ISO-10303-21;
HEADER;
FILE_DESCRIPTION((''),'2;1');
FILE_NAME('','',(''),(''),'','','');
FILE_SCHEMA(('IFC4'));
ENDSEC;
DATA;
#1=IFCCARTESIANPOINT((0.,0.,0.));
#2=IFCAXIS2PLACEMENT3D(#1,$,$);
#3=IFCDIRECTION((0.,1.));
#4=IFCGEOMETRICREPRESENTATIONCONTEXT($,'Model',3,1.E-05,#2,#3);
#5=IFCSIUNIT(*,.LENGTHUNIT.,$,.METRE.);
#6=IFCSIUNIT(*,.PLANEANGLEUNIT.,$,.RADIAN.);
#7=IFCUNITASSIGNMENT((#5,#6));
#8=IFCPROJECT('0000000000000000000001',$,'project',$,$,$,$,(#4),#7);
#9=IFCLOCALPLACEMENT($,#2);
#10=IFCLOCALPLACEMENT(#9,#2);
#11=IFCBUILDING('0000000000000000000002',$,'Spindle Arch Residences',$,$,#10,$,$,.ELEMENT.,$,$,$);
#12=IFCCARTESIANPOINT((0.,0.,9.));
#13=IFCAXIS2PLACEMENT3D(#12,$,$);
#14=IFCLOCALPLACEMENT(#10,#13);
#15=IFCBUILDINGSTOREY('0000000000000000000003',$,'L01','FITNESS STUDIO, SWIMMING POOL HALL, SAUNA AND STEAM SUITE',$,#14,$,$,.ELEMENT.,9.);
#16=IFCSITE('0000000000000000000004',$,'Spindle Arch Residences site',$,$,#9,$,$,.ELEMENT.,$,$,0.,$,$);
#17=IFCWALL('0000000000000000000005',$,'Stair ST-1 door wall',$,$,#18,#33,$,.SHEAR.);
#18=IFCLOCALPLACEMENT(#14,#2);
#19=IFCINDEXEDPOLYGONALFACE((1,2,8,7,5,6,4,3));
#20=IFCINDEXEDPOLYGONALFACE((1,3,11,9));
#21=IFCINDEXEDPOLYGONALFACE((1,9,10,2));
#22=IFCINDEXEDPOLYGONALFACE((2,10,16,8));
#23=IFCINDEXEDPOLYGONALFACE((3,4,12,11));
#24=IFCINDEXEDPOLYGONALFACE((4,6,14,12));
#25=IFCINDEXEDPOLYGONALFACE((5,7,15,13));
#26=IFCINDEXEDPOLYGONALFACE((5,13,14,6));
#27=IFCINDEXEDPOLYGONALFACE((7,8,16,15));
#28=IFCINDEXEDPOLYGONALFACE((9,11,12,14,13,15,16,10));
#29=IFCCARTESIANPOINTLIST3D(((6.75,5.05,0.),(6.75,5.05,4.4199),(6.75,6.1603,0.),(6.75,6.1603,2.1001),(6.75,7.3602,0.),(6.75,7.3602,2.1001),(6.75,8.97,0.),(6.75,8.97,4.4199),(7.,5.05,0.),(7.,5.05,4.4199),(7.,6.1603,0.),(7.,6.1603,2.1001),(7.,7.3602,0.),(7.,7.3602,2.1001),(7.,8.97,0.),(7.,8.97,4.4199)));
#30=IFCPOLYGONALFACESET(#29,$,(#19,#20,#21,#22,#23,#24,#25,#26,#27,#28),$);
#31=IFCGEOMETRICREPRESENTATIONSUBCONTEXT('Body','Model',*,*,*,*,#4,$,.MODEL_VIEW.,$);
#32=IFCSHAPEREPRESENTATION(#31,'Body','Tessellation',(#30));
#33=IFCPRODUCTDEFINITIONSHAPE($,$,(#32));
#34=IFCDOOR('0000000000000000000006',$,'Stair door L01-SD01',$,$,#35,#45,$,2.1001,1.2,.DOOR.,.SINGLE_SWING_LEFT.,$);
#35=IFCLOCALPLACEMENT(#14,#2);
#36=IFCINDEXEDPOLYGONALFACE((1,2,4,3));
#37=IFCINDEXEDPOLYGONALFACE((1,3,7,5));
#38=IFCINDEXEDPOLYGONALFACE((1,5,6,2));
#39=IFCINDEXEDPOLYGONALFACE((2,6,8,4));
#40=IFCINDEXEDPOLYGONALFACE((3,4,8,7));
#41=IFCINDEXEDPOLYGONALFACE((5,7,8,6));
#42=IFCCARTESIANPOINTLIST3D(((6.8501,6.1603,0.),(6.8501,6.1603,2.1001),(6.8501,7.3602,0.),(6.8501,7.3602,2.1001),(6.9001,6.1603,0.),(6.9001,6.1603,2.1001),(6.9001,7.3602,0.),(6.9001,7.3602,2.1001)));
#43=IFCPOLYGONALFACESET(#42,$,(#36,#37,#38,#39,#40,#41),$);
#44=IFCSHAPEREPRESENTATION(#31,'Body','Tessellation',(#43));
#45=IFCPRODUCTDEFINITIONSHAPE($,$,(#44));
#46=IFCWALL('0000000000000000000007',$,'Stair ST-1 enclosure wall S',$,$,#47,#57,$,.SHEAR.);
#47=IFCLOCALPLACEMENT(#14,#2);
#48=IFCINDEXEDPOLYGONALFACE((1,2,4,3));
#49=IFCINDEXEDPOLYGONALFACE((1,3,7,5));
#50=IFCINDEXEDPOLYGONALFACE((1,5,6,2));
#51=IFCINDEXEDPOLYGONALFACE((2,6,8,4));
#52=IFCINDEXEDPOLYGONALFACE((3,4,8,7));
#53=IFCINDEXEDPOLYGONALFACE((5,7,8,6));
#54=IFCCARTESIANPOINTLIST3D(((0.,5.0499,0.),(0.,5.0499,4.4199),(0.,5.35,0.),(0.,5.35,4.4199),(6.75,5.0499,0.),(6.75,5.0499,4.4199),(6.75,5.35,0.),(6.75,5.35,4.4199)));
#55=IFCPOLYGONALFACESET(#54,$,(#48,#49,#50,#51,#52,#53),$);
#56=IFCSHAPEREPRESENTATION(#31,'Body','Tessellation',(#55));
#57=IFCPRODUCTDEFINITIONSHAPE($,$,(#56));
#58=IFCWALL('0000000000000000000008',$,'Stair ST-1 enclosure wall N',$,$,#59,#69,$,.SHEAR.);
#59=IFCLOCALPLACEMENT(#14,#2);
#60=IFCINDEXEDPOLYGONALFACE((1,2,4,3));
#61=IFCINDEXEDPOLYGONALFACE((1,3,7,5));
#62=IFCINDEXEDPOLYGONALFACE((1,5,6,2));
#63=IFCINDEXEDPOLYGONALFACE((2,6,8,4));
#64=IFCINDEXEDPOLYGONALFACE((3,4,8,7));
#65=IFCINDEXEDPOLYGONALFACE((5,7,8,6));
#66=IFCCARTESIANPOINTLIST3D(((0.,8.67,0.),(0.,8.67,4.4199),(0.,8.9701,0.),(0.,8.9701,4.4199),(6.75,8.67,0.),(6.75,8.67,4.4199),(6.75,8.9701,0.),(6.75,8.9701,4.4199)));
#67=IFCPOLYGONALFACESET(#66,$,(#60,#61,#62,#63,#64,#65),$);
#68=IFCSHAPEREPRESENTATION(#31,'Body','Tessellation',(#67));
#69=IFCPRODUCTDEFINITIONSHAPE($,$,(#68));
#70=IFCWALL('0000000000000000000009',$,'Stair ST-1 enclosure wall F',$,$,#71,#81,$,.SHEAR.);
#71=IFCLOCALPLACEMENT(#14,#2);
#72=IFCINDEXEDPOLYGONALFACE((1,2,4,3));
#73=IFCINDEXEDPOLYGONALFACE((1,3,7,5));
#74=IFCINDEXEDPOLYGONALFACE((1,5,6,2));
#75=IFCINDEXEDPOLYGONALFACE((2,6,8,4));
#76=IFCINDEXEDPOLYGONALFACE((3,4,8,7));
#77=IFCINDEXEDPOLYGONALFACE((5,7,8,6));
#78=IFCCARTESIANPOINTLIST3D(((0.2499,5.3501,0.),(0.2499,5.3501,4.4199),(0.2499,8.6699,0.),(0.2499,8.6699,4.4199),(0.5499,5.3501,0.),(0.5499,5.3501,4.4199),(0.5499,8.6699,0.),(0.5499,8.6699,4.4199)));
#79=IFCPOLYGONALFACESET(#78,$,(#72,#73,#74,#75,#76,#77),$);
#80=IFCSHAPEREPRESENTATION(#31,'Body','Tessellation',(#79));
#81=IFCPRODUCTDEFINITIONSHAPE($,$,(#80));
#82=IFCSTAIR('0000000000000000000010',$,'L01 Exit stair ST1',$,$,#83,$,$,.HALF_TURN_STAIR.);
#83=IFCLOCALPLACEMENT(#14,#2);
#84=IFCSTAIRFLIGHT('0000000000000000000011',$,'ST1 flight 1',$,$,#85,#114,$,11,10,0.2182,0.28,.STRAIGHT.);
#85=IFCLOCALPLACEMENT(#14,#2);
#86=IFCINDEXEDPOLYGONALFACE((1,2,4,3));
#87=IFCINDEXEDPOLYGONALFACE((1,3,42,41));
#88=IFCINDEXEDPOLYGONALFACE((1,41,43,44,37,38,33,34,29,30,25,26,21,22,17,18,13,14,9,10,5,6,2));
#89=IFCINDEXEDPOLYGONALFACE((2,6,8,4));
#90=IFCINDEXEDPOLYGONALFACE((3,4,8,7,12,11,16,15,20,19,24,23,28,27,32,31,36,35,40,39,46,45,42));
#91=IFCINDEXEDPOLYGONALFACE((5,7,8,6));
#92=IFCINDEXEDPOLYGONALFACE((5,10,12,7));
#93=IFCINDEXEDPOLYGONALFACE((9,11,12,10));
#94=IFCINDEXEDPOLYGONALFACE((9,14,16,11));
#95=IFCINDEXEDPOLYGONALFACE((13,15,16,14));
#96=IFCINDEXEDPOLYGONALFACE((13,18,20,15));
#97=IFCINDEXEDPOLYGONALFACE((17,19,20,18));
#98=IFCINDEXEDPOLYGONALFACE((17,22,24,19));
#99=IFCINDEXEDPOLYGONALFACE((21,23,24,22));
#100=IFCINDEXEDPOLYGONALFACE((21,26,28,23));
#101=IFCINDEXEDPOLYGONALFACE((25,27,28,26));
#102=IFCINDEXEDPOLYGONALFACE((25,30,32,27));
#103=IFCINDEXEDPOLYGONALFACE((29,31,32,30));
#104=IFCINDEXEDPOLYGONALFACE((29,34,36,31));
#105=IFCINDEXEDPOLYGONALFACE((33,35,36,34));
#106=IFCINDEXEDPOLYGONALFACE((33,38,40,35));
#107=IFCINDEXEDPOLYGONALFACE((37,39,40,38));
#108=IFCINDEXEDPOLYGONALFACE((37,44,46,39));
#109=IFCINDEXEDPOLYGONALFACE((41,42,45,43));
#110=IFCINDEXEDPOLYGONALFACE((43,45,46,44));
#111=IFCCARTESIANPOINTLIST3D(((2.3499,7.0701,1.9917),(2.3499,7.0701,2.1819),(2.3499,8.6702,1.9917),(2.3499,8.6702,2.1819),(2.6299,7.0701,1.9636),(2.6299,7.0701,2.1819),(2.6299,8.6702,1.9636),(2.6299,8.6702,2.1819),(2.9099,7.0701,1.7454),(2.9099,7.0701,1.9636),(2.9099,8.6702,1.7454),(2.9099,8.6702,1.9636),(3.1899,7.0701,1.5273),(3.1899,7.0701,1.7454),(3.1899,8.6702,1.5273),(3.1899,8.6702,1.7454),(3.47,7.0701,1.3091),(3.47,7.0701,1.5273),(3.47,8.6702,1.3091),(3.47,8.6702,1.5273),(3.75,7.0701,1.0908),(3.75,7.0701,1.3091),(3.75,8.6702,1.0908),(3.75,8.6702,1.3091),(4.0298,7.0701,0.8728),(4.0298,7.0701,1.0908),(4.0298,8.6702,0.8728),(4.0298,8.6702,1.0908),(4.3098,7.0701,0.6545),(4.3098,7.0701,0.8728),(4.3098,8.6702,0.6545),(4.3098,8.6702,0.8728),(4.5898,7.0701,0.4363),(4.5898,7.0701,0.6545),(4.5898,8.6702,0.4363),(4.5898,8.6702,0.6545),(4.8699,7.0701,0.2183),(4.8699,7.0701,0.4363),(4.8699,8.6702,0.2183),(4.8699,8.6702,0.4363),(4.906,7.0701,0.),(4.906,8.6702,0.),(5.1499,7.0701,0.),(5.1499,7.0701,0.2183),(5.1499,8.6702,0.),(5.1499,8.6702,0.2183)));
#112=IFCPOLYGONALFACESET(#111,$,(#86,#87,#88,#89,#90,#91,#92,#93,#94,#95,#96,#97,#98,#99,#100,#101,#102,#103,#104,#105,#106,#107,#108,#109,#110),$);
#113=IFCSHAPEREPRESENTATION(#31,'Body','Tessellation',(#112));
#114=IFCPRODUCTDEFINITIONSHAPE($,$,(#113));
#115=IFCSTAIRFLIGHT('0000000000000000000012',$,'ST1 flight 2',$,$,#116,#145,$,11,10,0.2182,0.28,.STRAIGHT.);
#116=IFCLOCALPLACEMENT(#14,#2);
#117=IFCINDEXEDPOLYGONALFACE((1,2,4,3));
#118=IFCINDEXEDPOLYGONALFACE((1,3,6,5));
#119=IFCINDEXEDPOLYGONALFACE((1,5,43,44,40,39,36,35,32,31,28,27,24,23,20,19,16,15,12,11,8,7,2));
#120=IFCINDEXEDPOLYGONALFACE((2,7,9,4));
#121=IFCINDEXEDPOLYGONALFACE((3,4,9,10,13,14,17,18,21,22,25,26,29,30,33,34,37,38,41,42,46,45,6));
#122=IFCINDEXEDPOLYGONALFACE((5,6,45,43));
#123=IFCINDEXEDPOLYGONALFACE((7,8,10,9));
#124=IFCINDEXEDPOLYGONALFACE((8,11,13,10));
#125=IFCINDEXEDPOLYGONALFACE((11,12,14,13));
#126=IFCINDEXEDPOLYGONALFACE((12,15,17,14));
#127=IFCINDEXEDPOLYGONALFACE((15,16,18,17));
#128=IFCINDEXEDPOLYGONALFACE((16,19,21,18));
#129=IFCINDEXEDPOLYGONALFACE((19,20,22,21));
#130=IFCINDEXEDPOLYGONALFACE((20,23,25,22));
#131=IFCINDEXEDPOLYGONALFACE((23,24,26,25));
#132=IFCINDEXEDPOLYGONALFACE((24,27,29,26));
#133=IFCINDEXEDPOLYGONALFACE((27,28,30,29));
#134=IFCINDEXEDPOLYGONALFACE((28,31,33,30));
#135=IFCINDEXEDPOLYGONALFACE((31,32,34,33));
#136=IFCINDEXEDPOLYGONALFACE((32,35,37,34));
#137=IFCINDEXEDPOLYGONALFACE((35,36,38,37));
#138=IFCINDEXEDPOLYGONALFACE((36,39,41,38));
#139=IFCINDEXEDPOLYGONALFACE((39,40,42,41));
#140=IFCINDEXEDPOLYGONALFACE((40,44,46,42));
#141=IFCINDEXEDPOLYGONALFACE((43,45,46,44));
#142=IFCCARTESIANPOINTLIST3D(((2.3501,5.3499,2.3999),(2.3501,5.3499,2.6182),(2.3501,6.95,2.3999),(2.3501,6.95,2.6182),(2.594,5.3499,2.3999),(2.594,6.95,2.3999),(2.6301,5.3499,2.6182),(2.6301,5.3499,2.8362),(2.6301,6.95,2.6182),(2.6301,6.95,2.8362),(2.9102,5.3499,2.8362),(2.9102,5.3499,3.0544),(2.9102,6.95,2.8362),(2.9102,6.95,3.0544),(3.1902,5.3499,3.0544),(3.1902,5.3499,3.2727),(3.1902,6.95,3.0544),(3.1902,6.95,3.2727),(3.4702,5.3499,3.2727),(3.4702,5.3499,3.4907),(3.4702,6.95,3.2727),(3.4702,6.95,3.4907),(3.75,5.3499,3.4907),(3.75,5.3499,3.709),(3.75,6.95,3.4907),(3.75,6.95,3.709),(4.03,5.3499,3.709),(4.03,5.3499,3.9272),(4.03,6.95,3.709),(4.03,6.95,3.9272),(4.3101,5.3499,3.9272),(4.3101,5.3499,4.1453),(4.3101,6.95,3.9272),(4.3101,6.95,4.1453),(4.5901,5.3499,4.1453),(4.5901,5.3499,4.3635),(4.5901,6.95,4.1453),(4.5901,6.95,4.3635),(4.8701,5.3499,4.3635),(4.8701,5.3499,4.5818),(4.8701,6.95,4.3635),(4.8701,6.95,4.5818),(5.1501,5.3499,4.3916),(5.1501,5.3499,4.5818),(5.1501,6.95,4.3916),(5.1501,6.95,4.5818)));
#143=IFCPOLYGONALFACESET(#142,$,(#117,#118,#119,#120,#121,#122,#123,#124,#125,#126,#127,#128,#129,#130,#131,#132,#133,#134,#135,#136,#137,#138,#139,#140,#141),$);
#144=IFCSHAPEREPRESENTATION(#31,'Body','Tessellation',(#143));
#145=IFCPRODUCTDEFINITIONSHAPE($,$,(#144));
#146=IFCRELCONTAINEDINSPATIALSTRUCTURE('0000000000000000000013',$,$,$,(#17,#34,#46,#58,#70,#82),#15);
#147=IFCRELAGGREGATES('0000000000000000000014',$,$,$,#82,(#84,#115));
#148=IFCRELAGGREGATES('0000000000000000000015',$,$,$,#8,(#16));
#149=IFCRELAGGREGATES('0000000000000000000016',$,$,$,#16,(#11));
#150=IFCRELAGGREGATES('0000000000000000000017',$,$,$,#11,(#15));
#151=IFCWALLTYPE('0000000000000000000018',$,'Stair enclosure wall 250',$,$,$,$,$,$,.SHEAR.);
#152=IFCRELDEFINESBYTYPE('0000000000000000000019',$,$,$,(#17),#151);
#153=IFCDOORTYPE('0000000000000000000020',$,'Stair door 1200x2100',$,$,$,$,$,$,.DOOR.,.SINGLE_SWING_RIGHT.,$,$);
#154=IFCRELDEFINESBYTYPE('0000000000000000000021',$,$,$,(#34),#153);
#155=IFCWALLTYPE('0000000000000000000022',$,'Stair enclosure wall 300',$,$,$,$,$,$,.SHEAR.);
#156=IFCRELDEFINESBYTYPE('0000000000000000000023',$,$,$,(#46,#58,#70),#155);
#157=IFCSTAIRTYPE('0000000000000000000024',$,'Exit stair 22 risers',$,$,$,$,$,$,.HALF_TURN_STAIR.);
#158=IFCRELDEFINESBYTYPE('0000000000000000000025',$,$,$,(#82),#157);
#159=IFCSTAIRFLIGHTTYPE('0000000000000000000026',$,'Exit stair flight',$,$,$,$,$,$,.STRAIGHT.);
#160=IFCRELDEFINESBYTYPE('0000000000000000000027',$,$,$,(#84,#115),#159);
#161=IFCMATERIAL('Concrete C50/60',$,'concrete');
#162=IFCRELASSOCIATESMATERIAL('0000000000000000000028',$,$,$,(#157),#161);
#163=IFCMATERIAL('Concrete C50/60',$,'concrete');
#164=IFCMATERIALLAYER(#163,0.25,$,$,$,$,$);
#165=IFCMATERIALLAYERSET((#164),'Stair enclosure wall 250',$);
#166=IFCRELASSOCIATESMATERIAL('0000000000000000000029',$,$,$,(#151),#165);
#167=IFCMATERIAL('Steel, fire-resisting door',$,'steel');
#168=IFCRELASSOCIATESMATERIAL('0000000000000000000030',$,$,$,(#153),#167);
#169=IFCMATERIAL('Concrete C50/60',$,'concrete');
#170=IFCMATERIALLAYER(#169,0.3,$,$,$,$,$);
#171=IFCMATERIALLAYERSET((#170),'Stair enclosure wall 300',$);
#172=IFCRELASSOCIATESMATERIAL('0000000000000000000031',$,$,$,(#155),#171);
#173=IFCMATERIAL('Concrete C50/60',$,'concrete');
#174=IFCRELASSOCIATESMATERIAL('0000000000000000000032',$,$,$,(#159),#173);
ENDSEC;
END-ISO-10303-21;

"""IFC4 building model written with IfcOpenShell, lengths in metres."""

from ifc_helpers import new_model, si_unit, direction, frame, frame_2d, origin, place, context, subcontext, project, spatial, polyline, rectangle, outline, extrude, material, layer, layer_set, type_object, element, fill, aggregate, save


model = new_model("IFC4")

# Units and contexts
model_context = context("Model", 3, precision=1e-05, world=origin(), true_north=direction((0.0, 1.0)))
body_context = subcontext(model_context, "Body", "Model", "MODEL_VIEW")
ifc_project = project(units=[si_unit("LENGTHUNIT", "METRE"), si_unit("PLANEANGLEUNIT", "RADIAN")], contexts=[model_context])

# Site, building, storey
site_placement = place(None, origin())
site = spatial("IfcSite", under=ifc_project, at=site_placement, Name="Spindle Arch Residences site", CompositionType="ELEMENT", RefElevation=0.0)
building_placement = place(site_placement, origin())
building = spatial("IfcBuilding", under=site, at=building_placement, Name="Spindle Arch Residences", CompositionType="ELEMENT")
storey_placement = place(building_placement, frame((0.0, 0.0, 9.0)))
storey = spatial("IfcBuildingStorey", under=building, at=storey_placement, Name="L01", Description="FITNESS STUDIO, SWIMMING POOL HALL, SAUNA AND STEAM SUITE", CompositionType="ELEMENT", Elevation=9.0)

# Shared definitions
ifc_material_1 = material(Name="Concrete C50/60", Category="concrete")
stair_type = type_object("IfcStairType", Name="Exit stair 22 risers", PredefinedType="HALF_TURN_STAIR", material=ifc_material_1)

# Wall, opening, door
ifc_material_2 = material(Name="Concrete C50/60", Category="concrete")
ifc_layer_1 = layer(ifc_material_2, 0.25)
ifc_layer_set_1 = layer_set([ifc_layer_1], Name="Stair enclosure wall 250")
wall_type_1 = type_object("IfcWallType", Name="Stair enclosure wall 250", PredefinedType="SHEAR", material=ifc_layer_set_1)
wall_1_placement = place(storey_placement, frame((6.875, 5.05, 0.0), z_axis=(0.0, 0.0, 1.0), x_axis=(0.0, 1.0, 0.0)))
wall_1 = element("IfcWall", 1, at=wall_1_placement, inside=storey, type_object=wall_type_1, Name="Stair ST-1 door wall", PredefinedType="SHEAR", context=body_context, shape_type="SweptSolid", body=[
    extrude(rectangle(XDim=3.9199, YDim=0.25, at=frame_2d((1.96, 0.0))), origin(), (0.0, 0.0, 1.0), 4.4199),
])
opening_1_placement = place(wall_1_placement, frame((1.1101, 0.0, 0.0)))
opening_1 = element("IfcOpeningElement", 2, at=opening_1_placement, cuts=wall_1, PredefinedType="OPENING", context=body_context, shape_type="SweptSolid", body=[
    extrude(rectangle(XDim=1.2, YDim=2.1001, at=frame_2d((0.6001, 1.05))), frame((0.0, 0.135, 0.0), z_axis=(0.0, -1.0, 0.0), x_axis=(1.0, 0.0, 0.0)), (0.0, 0.0, 1.0), 0.27),
])
ifc_material_3 = material(Name="Steel, fire-resisting door", Category="steel")
door_type_1 = type_object("IfcDoorType", Name="Stair door 1200x2100", OperationType="SINGLE_SWING_RIGHT", PredefinedType="DOOR", material=ifc_material_3)
door_1_placement = place(opening_1_placement, origin())
door_1 = element("IfcDoor", 3, at=door_1_placement, inside=storey, type_object=door_type_1, Name="Stair door L01-SD01", OperationType="SINGLE_SWING_LEFT", OverallHeight=2.1001, OverallWidth=1.2, PredefinedType="DOOR", context=body_context, shape_type="SweptSolid", body=[
    extrude(rectangle(XDim=1.2, YDim=2.1001, at=frame_2d((0.6001, 1.05))), frame((0.0, 0.0249, 0.0), z_axis=(0.0, -1.0, 0.0), x_axis=(1.0, 0.0, 0.0)), (0.0, 0.0, 1.0), 0.05),
])
fill(opening_1, door_1)

# Walls
ifc_material_4 = material(Name="Concrete C50/60", Category="concrete")
ifc_layer_2 = layer(ifc_material_4, 0.3)
ifc_layer_set_2 = layer_set([ifc_layer_2], Name="Stair enclosure wall 300")
wall_type_2 = type_object("IfcWallType", Name="Stair enclosure wall 300", PredefinedType="SHEAR", material=ifc_layer_set_2)
for number, where, z_axis, x_axis, name in (
    (4, (0.0, 5.2, 0.0), (0.0, 0.0, 1.0), (1.0, 0.0, 0.0), "Stair ST-1 enclosure wall S"),
    (5, (0.0, 8.8201, 0.0), (0.0, 0.0, 1.0), (1.0, 0.0, 0.0), "Stair ST-1 enclosure wall N"),
):
    element("IfcWall", number, at=place(storey_placement, frame(where, z_axis=z_axis, x_axis=x_axis)), inside=storey, type_object=wall_type_2, Name=name, PredefinedType="SHEAR", context=body_context, shape_type="SweptSolid", body=[
        extrude(rectangle(XDim=6.75, YDim=0.3, at=frame_2d((3.375, 0.0))), origin(), (0.0, 0.0, 1.0), 4.4199),
    ])
wall_2_placement = place(storey_placement, frame((0.3999, 5.3501, 0.0), z_axis=(0.0, 0.0, 1.0), x_axis=(0.0, 1.0, 0.0)))
element("IfcWall", 6, at=wall_2_placement, inside=storey, type_object=wall_type_2, Name="Stair ST-1 enclosure wall F", PredefinedType="SHEAR", context=body_context, shape_type="SweptSolid", body=[
    extrude(rectangle(XDim=3.3198, YDim=0.3, at=frame_2d((1.6599, 0.0))), origin(), (0.0, 0.0, 1.0), 4.4199),
])

# Stair, stair flights
stair_1_placement = place(storey_placement, origin())
stair_1 = element("IfcStair", 7, at=stair_1_placement, inside=storey, type_object=stair_type, Name="L01 Exit stair ST1", PredefinedType="HALF_TURN_STAIR")
ifc_material_5 = material(Name="Concrete C50/60", Category="concrete")
stair_flight_type = type_object("IfcStairFlightType", Name="Exit stair flight", PredefinedType="STRAIGHT", material=ifc_material_5)
stair_flight_1_placement = place(storey_placement, frame((5.1499, 7.8701, 0.0), z_axis=(0.0, 0.0, 1.0), x_axis=(-1.0, 0.0, 0.0)))
stair_flight_1 = element("IfcStairFlight", 8, at=stair_flight_1_placement, type_object=stair_flight_type, Name="ST1 flight 1", NumberOfRisers=11, NumberOfTreads=10, PredefinedType="STRAIGHT", RiserHeight=0.2182, TreadLength=0.28, context=body_context, shape_type="SweptSolid", body=[
    extrude(outline(polyline([(0.0, 0.0), (0.0, 0.2183), (0.28, 0.2183), (0.28, 0.4363), (0.5601, 0.4363), (0.5601, 0.6545), (0.8401, 0.6545), (0.8401, 0.8728), (1.1201, 0.8728), (1.1201, 1.0908), (1.3999, 1.0908), (1.3999, 1.3091), (1.6799, 1.3091), (1.6799, 1.5273), (1.96, 1.5273), (1.96, 1.7454), (2.24, 1.7454), (2.24, 1.9636), (2.52, 1.9636), (2.52, 2.1819), (2.8, 2.1819), (2.8, 2.3999), (2.8, 1.9917), (0.2439, 0.0), (0.0, 0.0)])), frame((0.0, 0.8, 0.0), z_axis=(0.0, -1.0, 0.0), x_axis=(1.0, 0.0, 0.0)), (0.0, 0.0, 1.0), 1.6001),
])
stair_flight_2_placement = place(storey_placement, frame((2.3501, 6.1499, 2.3999), z_axis=(0.0, 0.0, 1.0), x_axis=(1.0, 0.0, 0.0)))
stair_flight_2 = element("IfcStairFlight", 9, at=stair_flight_2_placement, type_object=stair_flight_type, Name="ST1 flight 2", NumberOfRisers=11, NumberOfTreads=10, PredefinedType="STRAIGHT", RiserHeight=0.2182, TreadLength=0.28, context=body_context, shape_type="SweptSolid", body=[
    extrude(outline(polyline([(0.0, 0.0), (0.0, 0.2183), (0.28, 0.2183), (0.28, 0.4363), (0.5601, 0.4363), (0.5601, 0.6545), (0.8401, 0.6545), (0.8401, 0.8728), (1.1201, 0.8728), (1.1201, 1.0908), (1.3999, 1.0908), (1.3999, 1.3091), (1.6799, 1.3091), (1.6799, 1.5273), (1.96, 1.5273), (1.96, 1.7454), (2.24, 1.7454), (2.24, 1.9636), (2.52, 1.9636), (2.52, 2.1819), (2.8, 2.1819), (2.8, 2.3999), (2.8, 1.9917), (0.2439, 0.0), (0.0, 0.0)])), frame((0.0, 0.8, 0.0), z_axis=(0.0, -1.0, 0.0), x_axis=(1.0, 0.0, 0.0)), (0.0, 0.0, 1.0), 1.6001),
])
aggregate(stair_1, [stair_flight_1, stair_flight_2])

save(model, "model.ifc")
